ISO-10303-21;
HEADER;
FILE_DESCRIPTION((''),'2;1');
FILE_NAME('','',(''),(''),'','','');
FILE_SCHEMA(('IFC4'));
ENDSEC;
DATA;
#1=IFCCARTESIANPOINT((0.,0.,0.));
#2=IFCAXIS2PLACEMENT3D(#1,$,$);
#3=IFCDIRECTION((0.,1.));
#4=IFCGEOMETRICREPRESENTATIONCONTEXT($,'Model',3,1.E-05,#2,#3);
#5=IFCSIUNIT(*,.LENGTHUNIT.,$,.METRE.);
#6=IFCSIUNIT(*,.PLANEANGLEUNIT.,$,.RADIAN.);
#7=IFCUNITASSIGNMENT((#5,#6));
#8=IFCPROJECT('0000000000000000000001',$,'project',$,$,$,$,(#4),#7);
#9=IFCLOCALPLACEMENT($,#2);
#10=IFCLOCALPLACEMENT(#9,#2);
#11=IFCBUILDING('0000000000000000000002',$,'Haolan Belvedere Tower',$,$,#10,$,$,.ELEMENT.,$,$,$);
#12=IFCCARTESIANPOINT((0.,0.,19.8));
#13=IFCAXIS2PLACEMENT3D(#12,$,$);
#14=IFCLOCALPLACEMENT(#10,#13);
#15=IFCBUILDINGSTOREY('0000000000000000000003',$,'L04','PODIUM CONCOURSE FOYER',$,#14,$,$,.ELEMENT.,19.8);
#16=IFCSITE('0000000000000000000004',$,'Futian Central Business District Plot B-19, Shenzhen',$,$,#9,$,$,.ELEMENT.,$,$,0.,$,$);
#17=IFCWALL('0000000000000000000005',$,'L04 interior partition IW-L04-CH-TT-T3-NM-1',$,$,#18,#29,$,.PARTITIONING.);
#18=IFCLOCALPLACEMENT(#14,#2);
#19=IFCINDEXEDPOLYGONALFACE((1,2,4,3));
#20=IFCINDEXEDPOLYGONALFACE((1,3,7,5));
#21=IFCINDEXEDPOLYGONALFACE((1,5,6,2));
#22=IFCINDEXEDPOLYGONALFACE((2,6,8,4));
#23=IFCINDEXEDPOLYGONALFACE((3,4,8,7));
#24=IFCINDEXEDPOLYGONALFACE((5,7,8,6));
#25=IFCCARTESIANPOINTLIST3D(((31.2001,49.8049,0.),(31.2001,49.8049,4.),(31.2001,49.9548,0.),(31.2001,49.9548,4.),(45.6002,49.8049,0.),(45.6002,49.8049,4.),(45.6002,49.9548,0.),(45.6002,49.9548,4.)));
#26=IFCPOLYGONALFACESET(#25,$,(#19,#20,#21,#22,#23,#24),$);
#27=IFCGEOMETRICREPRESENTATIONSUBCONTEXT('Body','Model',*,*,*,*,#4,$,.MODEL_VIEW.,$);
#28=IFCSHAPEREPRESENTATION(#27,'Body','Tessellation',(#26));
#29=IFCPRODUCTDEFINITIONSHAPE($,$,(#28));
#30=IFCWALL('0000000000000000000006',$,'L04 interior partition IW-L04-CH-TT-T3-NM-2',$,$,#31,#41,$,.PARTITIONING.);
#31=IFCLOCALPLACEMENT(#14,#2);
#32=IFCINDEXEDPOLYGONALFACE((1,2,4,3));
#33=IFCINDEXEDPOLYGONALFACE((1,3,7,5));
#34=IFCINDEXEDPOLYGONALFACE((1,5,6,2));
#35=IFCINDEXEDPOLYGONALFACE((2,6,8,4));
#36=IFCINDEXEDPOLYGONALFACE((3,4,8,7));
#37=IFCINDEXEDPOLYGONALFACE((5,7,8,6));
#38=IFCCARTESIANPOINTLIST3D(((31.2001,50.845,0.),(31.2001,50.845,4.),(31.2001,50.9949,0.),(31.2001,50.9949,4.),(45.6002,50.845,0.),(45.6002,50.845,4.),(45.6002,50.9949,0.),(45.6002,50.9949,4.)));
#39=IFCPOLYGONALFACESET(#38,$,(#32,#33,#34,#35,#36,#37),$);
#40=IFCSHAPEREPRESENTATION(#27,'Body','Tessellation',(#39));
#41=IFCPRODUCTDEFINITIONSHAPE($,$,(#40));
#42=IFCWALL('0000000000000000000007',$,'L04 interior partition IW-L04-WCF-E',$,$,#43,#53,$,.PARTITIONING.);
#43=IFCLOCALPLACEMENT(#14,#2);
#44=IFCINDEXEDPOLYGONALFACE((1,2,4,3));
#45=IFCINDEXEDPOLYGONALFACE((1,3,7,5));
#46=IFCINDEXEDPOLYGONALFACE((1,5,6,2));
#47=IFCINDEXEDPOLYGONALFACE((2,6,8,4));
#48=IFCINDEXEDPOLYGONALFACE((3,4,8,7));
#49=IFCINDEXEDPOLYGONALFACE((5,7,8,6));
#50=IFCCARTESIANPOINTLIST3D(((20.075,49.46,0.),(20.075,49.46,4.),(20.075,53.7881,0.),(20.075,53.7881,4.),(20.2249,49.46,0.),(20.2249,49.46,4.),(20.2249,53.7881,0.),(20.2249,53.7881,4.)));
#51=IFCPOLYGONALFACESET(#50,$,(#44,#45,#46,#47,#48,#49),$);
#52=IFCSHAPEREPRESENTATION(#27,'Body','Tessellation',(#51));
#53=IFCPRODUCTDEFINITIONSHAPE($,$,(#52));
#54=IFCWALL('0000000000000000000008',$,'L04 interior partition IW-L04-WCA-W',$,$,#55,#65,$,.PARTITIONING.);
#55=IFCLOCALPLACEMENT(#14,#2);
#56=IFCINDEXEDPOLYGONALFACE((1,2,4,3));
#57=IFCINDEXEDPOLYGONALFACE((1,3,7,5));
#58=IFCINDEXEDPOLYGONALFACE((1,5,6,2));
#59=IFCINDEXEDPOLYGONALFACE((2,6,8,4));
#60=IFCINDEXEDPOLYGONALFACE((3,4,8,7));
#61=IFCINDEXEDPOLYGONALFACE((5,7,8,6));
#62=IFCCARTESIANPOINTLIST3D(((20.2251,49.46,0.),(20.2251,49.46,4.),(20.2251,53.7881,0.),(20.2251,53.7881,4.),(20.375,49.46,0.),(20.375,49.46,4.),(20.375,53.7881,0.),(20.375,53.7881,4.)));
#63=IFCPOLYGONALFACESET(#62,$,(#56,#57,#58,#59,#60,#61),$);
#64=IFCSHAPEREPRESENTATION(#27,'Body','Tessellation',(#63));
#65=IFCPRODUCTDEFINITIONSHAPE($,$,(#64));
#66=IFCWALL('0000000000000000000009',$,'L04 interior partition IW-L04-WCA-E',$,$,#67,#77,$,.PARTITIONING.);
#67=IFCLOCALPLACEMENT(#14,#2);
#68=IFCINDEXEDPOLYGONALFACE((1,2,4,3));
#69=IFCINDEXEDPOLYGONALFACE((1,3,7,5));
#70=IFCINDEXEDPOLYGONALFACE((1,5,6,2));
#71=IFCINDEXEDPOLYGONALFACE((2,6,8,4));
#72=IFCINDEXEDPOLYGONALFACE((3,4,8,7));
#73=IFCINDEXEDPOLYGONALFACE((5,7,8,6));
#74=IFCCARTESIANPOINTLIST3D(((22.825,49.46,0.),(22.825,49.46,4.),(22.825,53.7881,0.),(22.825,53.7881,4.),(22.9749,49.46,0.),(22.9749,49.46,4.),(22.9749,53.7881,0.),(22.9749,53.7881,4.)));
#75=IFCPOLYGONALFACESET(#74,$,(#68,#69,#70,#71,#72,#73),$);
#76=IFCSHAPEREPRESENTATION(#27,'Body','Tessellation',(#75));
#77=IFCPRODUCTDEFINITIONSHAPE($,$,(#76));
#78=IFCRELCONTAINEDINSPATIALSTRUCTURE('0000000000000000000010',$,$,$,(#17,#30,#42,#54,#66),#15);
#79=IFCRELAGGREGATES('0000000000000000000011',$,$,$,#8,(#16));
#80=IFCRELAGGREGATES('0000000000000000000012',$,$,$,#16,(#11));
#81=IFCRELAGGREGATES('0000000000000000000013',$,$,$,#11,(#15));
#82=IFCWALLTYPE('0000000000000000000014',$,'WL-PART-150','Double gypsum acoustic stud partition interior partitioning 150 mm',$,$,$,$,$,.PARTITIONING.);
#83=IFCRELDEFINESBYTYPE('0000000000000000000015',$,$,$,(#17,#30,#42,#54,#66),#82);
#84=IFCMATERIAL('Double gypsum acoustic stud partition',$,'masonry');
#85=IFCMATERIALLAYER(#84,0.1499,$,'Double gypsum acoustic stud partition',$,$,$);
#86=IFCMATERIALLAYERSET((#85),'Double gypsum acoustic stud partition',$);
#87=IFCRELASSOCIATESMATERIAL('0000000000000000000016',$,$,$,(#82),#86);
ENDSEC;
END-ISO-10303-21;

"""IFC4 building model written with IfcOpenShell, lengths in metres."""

from ifc_helpers import new_model, si_unit, direction, frame, frame_2d, origin, place, context, subcontext, project, spatial, rectangle, extrude, material, layer, layer_set, type_object, element, save


model = new_model("IFC4")

# Units and contexts
model_context = context("Model", 3, precision=1e-05, world=origin(), true_north=direction((0.0, 1.0)))
body_context = subcontext(model_context, "Body", "Model", "MODEL_VIEW")
ifc_project = project(units=[si_unit("LENGTHUNIT", "METRE"), si_unit("PLANEANGLEUNIT", "RADIAN")], contexts=[model_context])

# Site, building, storey
site_placement = place(None, origin())
site = spatial("IfcSite", under=ifc_project, at=site_placement, Name="Futian Central Business District Plot B-19, Shenzhen", CompositionType="ELEMENT", RefElevation=0.0)
building_placement = place(site_placement, origin())
building = spatial("IfcBuilding", under=site, at=building_placement, Name="Haolan Belvedere Tower", CompositionType="ELEMENT")
storey_placement = place(building_placement, frame((0.0, 0.0, 19.8)))
storey = spatial("IfcBuildingStorey", under=building, at=storey_placement, Name="L04", Description="PODIUM CONCOURSE FOYER", CompositionType="ELEMENT", Elevation=19.8)

# Walls
ifc_material_1 = material(Name="Double gypsum acoustic stud partition", Category="masonry")
ifc_layer_1 = layer(ifc_material_1, 0.1499, Name="Double gypsum acoustic stud partition")
ifc_layer_set_1 = layer_set([ifc_layer_1], Name="Double gypsum acoustic stud partition")
wall_type_1 = type_object("IfcWallType", Name="WL-PART-150", Description="Double gypsum acoustic stud partition interior partitioning 150 mm", PredefinedType="PARTITIONING", material=ifc_layer_set_1)
for number, where, z_axis, x_axis, name in (
    (1, (31.2, 49.8799, 0.0), (0.0, 0.0, 1.0), (1.0, 0.0, 0.0), "L04 interior partition IW-L04-CH-TT-T3-NM-1"),
    (2, (31.2, 50.9199, 0.0), (0.0, 0.0, 1.0), (1.0, 0.0, 0.0), "L04 interior partition IW-L04-CH-TT-T3-NM-2"),
):
    element("IfcWall", number, at=place(storey_placement, frame(where, z_axis=z_axis, x_axis=x_axis)), inside=storey, type_object=wall_type_1, Name=name, PredefinedType="PARTITIONING", context=body_context, shape_type="SweptSolid", body=[
        extrude(rectangle(XDim=14.4001, YDim=0.1499, at=frame_2d((7.2002, 0.0))), origin(), (0.0, 0.0, 1.0), 4.0),
    ])
wall_1_placement = place(storey_placement, frame((20.1499, 49.46, 0.0), z_axis=(0.0, 0.0, 1.0), x_axis=(0.0, 1.0, 0.0)))
element("IfcWall", 3, at=wall_1_placement, inside=storey, type_object=wall_type_1, Name="L04 interior partition IW-L04-WCF-E", PredefinedType="PARTITIONING", context=body_context, shape_type="SweptSolid", body=[
    extrude(rectangle(XDim=4.3281, YDim=0.1499, at=frame_2d((2.1641, 0.0))), origin(), (0.0, 0.0, 1.0), 4.0),
])

# Walls
for number, where, z_axis, x_axis, name in (
    (4, (20.3, 49.46, 0.0), (0.0, 0.0, 1.0), (0.0, 1.0, 0.0), "L04 interior partition IW-L04-WCA-W"),
    (5, (22.8999, 49.46, 0.0), (0.0, 0.0, 1.0), (0.0, 1.0, 0.0), "L04 interior partition IW-L04-WCA-E"),
):
    element("IfcWall", number, at=place(storey_placement, frame(where, z_axis=z_axis, x_axis=x_axis)), inside=storey, type_object=wall_type_1, Name=name, PredefinedType="PARTITIONING", context=body_context, shape_type="SweptSolid", body=[
        extrude(rectangle(XDim=4.3281, YDim=0.1499, at=frame_2d((2.1641, 0.0))), origin(), (0.0, 0.0, 1.0), 4.0),
    ])

save(model, "model.ifc")
